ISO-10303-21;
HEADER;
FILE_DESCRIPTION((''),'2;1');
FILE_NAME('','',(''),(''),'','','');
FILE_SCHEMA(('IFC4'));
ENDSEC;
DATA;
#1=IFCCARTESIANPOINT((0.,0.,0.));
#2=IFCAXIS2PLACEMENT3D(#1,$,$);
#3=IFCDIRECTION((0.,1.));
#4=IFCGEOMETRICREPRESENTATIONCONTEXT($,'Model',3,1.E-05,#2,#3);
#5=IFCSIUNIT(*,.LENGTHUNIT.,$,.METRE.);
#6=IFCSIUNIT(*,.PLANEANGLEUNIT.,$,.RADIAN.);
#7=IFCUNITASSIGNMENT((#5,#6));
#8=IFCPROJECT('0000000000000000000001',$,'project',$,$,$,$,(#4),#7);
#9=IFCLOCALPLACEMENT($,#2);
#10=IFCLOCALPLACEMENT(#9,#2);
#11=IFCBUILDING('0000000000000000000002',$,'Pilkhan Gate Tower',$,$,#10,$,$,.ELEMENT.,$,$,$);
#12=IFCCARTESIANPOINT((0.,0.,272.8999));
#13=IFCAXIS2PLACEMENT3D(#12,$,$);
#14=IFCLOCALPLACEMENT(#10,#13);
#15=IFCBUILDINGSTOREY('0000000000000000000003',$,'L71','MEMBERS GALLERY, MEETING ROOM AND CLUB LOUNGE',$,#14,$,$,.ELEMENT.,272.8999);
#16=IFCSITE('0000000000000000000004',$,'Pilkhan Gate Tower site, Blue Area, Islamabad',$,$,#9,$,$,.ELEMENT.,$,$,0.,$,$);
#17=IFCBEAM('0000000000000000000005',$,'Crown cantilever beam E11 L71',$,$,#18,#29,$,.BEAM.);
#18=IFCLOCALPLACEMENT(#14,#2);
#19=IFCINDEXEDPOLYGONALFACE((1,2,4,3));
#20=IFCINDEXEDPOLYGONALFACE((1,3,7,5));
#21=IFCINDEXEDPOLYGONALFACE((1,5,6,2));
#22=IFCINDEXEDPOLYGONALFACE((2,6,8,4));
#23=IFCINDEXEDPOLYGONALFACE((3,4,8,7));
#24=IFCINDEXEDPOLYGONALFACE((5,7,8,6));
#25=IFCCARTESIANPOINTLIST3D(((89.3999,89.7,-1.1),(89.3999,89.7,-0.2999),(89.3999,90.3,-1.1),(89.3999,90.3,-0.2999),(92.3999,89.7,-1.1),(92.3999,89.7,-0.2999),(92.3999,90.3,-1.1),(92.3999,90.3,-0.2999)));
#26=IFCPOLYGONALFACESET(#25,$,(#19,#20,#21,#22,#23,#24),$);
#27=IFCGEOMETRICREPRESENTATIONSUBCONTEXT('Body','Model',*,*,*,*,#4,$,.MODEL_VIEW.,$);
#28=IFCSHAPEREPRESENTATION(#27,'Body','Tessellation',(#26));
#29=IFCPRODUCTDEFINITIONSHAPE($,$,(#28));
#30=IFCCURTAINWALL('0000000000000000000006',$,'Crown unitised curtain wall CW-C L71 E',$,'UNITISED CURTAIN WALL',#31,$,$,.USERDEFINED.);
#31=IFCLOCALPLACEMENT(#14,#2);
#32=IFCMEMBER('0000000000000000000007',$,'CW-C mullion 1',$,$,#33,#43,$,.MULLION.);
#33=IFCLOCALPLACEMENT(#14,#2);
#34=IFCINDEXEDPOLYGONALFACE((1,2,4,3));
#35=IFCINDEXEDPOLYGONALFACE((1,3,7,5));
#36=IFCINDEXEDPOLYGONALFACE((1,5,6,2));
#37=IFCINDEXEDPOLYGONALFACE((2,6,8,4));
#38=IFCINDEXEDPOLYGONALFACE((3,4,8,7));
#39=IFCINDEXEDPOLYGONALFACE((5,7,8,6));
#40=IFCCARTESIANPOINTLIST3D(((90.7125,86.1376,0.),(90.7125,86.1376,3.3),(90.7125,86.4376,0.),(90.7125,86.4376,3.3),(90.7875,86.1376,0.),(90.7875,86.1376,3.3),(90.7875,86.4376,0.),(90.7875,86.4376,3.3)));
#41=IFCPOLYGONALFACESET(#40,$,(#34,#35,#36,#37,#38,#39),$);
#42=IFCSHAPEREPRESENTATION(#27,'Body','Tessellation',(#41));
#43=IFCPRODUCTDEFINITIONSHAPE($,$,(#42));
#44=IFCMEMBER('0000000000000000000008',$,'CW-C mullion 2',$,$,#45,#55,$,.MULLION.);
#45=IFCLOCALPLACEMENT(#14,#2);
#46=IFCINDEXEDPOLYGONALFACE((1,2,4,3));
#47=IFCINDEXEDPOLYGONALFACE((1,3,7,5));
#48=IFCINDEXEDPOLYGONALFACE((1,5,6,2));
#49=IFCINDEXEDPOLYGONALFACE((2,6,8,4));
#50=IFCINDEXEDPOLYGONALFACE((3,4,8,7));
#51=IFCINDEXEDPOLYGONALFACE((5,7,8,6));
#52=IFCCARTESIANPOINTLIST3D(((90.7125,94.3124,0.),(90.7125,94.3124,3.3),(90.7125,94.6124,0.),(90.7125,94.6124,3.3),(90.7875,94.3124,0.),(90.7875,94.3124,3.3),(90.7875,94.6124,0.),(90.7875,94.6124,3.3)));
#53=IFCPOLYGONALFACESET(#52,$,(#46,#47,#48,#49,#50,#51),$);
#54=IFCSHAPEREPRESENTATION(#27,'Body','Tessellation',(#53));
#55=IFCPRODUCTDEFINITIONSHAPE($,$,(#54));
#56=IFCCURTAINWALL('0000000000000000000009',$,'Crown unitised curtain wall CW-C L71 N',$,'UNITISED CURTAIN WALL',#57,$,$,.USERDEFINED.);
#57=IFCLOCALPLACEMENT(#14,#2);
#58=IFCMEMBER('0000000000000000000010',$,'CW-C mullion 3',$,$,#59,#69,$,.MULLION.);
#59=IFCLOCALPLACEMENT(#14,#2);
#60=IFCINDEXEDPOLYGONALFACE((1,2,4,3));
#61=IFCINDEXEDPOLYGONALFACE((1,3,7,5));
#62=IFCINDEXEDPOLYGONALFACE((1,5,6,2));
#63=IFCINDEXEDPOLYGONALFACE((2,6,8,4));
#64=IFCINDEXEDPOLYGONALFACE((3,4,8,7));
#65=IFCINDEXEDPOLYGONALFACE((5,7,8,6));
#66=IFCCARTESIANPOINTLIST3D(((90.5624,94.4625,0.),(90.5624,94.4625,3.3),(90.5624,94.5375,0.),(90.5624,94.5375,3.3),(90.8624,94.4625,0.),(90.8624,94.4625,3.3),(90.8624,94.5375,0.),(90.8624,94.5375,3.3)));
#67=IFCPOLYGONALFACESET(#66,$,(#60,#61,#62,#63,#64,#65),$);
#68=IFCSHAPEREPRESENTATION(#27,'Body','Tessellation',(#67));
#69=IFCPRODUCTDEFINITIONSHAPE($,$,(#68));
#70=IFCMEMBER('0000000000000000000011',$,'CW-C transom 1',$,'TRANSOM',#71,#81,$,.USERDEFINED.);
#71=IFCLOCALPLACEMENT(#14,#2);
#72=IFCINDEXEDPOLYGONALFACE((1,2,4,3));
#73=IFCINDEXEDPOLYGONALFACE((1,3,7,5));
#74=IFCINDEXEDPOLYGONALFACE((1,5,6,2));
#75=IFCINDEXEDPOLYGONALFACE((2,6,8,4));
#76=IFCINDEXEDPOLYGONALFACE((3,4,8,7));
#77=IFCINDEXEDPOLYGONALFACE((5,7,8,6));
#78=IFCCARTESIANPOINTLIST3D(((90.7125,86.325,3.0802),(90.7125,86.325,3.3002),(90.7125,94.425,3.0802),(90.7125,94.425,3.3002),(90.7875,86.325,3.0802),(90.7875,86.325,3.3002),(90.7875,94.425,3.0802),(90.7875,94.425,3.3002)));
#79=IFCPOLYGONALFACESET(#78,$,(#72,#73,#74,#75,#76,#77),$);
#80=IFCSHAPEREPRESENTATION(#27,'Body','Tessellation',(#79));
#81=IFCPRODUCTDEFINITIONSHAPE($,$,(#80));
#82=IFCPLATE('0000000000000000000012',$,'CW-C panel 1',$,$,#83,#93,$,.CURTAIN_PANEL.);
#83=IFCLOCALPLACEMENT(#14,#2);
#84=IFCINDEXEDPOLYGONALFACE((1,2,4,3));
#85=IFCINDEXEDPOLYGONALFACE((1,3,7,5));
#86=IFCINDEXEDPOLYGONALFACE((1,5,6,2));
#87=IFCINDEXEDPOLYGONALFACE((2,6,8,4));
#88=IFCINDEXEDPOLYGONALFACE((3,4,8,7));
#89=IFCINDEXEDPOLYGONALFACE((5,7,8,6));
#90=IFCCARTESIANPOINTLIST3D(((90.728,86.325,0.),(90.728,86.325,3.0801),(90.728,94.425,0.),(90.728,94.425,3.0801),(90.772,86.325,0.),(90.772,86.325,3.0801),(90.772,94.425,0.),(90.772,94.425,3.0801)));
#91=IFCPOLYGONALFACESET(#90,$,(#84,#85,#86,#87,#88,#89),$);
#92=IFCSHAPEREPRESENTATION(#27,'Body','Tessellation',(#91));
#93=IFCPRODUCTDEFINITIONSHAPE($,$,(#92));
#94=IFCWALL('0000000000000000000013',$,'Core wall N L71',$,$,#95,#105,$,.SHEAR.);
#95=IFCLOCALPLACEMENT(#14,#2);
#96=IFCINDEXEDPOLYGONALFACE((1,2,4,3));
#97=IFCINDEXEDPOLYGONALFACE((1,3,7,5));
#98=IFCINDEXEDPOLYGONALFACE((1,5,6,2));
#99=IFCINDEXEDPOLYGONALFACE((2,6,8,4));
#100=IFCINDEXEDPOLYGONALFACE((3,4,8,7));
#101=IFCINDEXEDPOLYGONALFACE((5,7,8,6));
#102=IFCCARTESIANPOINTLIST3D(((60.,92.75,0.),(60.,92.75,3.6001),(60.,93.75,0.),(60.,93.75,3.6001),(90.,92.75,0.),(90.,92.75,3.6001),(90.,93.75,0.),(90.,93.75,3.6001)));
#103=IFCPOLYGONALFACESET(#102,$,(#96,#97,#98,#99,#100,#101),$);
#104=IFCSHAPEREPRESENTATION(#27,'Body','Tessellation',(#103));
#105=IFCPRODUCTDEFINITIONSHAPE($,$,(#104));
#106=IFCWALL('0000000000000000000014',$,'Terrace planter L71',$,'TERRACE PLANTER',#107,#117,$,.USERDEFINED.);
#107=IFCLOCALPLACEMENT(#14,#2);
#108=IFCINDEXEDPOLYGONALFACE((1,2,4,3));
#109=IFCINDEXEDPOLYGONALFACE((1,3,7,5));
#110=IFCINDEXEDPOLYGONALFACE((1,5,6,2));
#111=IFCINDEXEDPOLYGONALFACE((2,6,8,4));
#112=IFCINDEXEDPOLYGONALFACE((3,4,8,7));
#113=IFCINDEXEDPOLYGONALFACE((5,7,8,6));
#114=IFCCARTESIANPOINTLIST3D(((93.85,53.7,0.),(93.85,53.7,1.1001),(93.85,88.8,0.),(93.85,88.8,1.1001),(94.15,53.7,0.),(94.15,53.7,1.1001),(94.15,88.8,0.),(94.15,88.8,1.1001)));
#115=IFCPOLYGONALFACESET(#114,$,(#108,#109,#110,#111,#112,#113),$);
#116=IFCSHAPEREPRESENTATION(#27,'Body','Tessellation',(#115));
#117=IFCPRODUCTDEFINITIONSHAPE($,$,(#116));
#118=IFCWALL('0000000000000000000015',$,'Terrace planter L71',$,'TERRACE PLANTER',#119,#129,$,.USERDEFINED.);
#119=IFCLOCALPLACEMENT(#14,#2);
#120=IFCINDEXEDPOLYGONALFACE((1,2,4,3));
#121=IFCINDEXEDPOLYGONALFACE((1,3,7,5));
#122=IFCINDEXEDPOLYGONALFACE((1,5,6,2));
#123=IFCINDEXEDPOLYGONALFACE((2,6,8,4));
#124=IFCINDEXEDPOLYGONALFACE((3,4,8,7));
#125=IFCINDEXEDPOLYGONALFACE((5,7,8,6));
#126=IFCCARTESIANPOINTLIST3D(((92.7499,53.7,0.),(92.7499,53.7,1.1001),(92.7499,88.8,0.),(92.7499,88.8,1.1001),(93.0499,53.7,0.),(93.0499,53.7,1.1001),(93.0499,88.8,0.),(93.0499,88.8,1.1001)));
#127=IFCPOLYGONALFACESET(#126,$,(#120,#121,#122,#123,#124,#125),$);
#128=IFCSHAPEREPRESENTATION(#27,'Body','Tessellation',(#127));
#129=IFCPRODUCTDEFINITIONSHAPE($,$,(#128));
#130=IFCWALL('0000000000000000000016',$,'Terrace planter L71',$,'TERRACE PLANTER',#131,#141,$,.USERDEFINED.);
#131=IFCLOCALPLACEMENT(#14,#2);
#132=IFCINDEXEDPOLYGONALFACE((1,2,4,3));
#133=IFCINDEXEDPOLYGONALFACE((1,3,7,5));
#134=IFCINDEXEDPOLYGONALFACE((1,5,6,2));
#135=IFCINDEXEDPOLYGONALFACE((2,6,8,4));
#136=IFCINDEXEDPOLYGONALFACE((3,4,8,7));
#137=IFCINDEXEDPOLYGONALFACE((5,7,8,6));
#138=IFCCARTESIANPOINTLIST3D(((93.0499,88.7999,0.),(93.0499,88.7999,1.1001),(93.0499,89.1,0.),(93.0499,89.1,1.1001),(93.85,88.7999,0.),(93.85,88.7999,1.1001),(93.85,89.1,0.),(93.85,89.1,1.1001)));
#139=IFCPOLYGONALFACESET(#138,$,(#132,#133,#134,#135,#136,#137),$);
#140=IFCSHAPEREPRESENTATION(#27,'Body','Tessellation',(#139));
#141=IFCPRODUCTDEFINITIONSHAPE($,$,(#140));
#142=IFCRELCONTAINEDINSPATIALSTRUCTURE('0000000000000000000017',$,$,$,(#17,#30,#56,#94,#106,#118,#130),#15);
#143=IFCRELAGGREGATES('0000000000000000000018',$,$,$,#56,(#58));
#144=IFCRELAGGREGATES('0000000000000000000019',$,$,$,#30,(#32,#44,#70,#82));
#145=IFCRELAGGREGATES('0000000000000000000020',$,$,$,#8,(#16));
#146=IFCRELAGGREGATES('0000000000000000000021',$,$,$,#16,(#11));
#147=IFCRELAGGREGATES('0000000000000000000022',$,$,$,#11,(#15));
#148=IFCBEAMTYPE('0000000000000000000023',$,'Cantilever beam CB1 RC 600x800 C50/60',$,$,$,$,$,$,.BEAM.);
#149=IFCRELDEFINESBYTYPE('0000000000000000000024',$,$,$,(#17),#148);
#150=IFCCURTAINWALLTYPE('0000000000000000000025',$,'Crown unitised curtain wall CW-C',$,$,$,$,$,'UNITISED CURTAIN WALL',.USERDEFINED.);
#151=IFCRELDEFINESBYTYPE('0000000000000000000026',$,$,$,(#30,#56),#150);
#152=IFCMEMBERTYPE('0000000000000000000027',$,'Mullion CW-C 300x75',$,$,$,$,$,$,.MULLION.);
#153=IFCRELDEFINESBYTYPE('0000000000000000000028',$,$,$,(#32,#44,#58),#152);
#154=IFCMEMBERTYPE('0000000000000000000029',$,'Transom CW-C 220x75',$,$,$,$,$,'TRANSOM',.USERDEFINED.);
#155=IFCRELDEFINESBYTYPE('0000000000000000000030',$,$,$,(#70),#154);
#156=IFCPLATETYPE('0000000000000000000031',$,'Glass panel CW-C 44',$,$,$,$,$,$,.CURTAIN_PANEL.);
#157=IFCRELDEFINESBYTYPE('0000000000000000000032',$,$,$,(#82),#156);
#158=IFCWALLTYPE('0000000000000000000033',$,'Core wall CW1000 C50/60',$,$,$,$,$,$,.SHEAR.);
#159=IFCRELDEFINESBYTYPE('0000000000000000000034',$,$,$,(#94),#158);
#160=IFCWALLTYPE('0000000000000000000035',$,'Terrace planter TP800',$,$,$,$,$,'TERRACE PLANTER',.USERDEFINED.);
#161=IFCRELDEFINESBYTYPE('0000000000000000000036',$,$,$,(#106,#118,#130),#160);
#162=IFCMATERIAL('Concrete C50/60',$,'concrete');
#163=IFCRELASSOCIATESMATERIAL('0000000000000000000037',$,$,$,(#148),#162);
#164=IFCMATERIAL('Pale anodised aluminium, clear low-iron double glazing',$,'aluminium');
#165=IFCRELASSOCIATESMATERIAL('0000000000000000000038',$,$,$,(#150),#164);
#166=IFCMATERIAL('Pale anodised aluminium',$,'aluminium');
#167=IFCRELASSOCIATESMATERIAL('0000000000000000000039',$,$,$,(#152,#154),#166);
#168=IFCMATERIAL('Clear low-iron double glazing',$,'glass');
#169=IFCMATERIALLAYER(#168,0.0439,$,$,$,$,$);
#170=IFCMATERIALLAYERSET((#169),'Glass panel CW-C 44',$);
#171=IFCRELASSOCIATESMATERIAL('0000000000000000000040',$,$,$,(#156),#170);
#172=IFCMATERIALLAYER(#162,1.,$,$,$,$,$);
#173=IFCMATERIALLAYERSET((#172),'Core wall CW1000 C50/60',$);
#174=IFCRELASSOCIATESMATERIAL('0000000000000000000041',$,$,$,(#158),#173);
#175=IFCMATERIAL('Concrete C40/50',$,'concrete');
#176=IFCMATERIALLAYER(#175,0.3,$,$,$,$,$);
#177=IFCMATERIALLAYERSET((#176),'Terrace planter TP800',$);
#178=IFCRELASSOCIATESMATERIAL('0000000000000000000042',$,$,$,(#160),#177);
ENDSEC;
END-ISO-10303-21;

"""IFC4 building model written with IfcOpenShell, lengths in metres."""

from ifc_helpers import new_model, si_unit, direction, frame, frame_2d, origin, origin_2d, place, context, subcontext, project, spatial, rectangle, extrude, material, layer, layer_set, material_profile, profile_set, type_object, element, aggregate, save


model = new_model("IFC4")

# Units and contexts
model_context = context("Model", 3, precision=1e-05, world=origin(), true_north=direction((0.0, 1.0)))
body_context = subcontext(model_context, "Body", "Model", "MODEL_VIEW")
ifc_project = project(units=[si_unit("LENGTHUNIT", "METRE"), si_unit("PLANEANGLEUNIT", "RADIAN")], contexts=[model_context])

# Site, building, storey
site_placement = place(None, origin())
site = spatial("IfcSite", under=ifc_project, at=site_placement, Name="Pilkhan Gate Tower site, Blue Area, Islamabad", CompositionType="ELEMENT", RefElevation=0.0)
building_placement = place(site_placement, origin())
building = spatial("IfcBuilding", under=site, at=building_placement, Name="Pilkhan Gate Tower", CompositionType="ELEMENT")
storey_placement = place(building_placement, frame((0.0, 0.0, 272.8999)))
storey = spatial("IfcBuildingStorey", under=building, at=storey_placement, Name="L71", Description="MEMBERS GALLERY, MEETING ROOM AND CLUB LOUNGE", CompositionType="ELEMENT", Elevation=272.8999)

# Beam
ifc_material_1 = material(Name="Concrete C50/60", Category="concrete")
ifc_material_profile_1 = material_profile(ifc_material_1, rectangle(XDim=0.6001, YDim=0.8, at=origin_2d()), Name="RC 600x800")
ifc_profile_set_1 = profile_set([ifc_material_profile_1], Name="Concrete C50/60")
beam_type = type_object("IfcBeamType", Name="Cantilever beam CB1 RC 600x800 C50/60", PredefinedType="BEAM", material=ifc_profile_set_1)
beam_placement = place(storey_placement, frame((89.3999, 90.0, -0.7), z_axis=(1.0, 0.0, 0.0), x_axis=(0.0, 1.0, 0.0)))
element("IfcBeam", 1, at=beam_placement, inside=storey, type_object=beam_type, Name="Crown cantilever beam E11 L71", PredefinedType="BEAM", context=body_context, shape_type="SweptSolid", body=[
    extrude(rectangle(XDim=0.6001, YDim=0.8, at=origin_2d()), origin(), (0.0, 0.0, 1.0), 3.0),
])

# Curtain wall, members
ifc_material_2 = material(Name="Pale anodised aluminium, clear low-iron double glazing", Category="aluminium")
curtain_wall_type = type_object("IfcCurtainWallType", Name="Crown unitised curtain wall CW-C", ElementType="UNITISED CURTAIN WALL", PredefinedType="USERDEFINED", material=ifc_material_2)
curtain_wall_1_placement = place(storey_placement, origin())
curtain_wall_1 = element("IfcCurtainWall", 2, at=curtain_wall_1_placement, inside=storey, type_object=curtain_wall_type, Name="Crown unitised curtain wall CW-C L71 E", ObjectType="UNITISED CURTAIN WALL", PredefinedType="USERDEFINED")
ifc_material_3 = material(Name="Pale anodised aluminium", Category="aluminium")
ifc_material_profile_2 = material_profile(ifc_material_3, rectangle(XDim=0.075, YDim=0.3, at=origin_2d()), Name="Mullion 300x75")
ifc_profile_set_2 = profile_set([ifc_material_profile_2], Name="Pale anodised aluminium")
member_type_1 = type_object("IfcMemberType", Name="Mullion CW-C 300x75", PredefinedType="MULLION", material=ifc_profile_set_2)
member_1_placement = place(storey_placement, frame((90.75, 86.2876, 0.0), z_axis=(0.0, 0.0, 1.0), x_axis=(-1.0, 0.0, 0.0)))
member_1 = element("IfcMember", 3, at=member_1_placement, type_object=member_type_1, Name="CW-C mullion 1", PredefinedType="MULLION", context=body_context, shape_type="SweptSolid", body=[
    extrude(rectangle(XDim=0.075, YDim=0.3, at=origin_2d()), origin(), (0.0, 0.0, 1.0), 3.3),
])
member_2_placement = place(storey_placement, frame((90.75, 94.4624, 0.0), z_axis=(0.0, 0.0, 1.0), x_axis=(-1.0, 0.0, 0.0)))
member_2 = element("IfcMember", 4, at=member_2_placement, type_object=member_type_1, Name="CW-C mullion 2", PredefinedType="MULLION", context=body_context, shape_type="SweptSolid", body=[
    extrude(rectangle(XDim=0.075, YDim=0.3, at=origin_2d()), origin(), (0.0, 0.0, 1.0), 3.3),
])

# Curtain wall, member
curtain_wall_2_placement = place(storey_placement, origin())
curtain_wall_2 = element("IfcCurtainWall", 5, at=curtain_wall_2_placement, inside=storey, type_object=curtain_wall_type, Name="Crown unitised curtain wall CW-C L71 N", ObjectType="UNITISED CURTAIN WALL", PredefinedType="USERDEFINED")
member_3_placement = place(storey_placement, frame((90.7124, 94.5, 0.0), z_axis=(0.0, 0.0, 1.0), x_axis=(0.0, 1.0, 0.0)))
member_3 = element("IfcMember", 6, at=member_3_placement, type_object=member_type_1, Name="CW-C mullion 3", PredefinedType="MULLION", context=body_context, shape_type="SweptSolid", body=[
    extrude(rectangle(XDim=0.075, YDim=0.3, at=origin_2d()), origin(), (0.0, 0.0, 1.0), 3.3),
])
aggregate(curtain_wall_2, [member_3])

# Member
ifc_material_profile_3 = material_profile(ifc_material_3, rectangle(XDim=0.075, YDim=0.22, at=origin_2d()), Name="Transom 220x75")
ifc_profile_set_3 = profile_set([ifc_material_profile_3], Name="Pale anodised aluminium")
member_type_2 = type_object("IfcMemberType", Name="Transom CW-C 220x75", ElementType="TRANSOM", PredefinedType="USERDEFINED", material=ifc_profile_set_3)
member_4_placement = place(storey_placement, frame((90.75, 86.325, 3.1902), z_axis=(0.0, 1.0, 0.0), x_axis=(-1.0, 0.0, 0.0)))
member_4 = element("IfcMember", 7, at=member_4_placement, type_object=member_type_2, Name="CW-C transom 1", ObjectType="TRANSOM", PredefinedType="USERDEFINED", context=body_context, shape_type="SweptSolid", body=[
    extrude(rectangle(XDim=0.075, YDim=0.22, at=origin_2d()), origin(), (0.0, 0.0, 1.0), 8.1001),
])

# Plate
ifc_material_4 = material(Name="Clear low-iron double glazing", Category="glass")
ifc_layer_1 = layer(ifc_material_4, 0.0439)
ifc_layer_set_1 = layer_set([ifc_layer_1], Name="Glass panel CW-C 44")
plate_type = type_object("IfcPlateType", Name="Glass panel CW-C 44", PredefinedType="CURTAIN_PANEL", material=ifc_layer_set_1)
plate_placement = place(storey_placement, frame((90.75, 90.375, 0.0), z_axis=(0.0, 0.0, 1.0), x_axis=(0.0, 1.0, 0.0)))
plate = element("IfcPlate", 8, at=plate_placement, type_object=plate_type, Name="CW-C panel 1", PredefinedType="CURTAIN_PANEL", context=body_context, shape_type="SweptSolid", body=[
    extrude(rectangle(XDim=8.1001, YDim=0.0439, at=origin_2d()), origin(), (0.0, 0.0, 1.0), 3.0801),
])
aggregate(curtain_wall_1, [member_1, member_2, member_4, plate])

# Wall
ifc_layer_2 = layer(ifc_material_1, 1.0)
ifc_layer_set_2 = layer_set([ifc_layer_2], Name="Core wall CW1000 C50/60")
wall_type_1 = type_object("IfcWallType", Name="Core wall CW1000 C50/60", PredefinedType="SHEAR", material=ifc_layer_set_2)
wall_1_placement = place(storey_placement, frame((90.0, 93.25, 0.0), z_axis=(0.0, 0.0, 1.0), x_axis=(-1.0, 0.0, 0.0)))
element("IfcWall", 9, at=wall_1_placement, inside=storey, type_object=wall_type_1, Name="Core wall N L71", PredefinedType="SHEAR", context=body_context, shape_type="SweptSolid", body=[
    extrude(rectangle(XDim=30.0, YDim=1.0, at=frame_2d((15.0, 0.0))), origin(), (0.0, 0.0, 1.0), 3.6001),
])

# Walls
ifc_material_5 = material(Name="Concrete C40/50", Category="concrete")
ifc_layer_3 = layer(ifc_material_5, 0.3)
ifc_layer_set_3 = layer_set([ifc_layer_3], Name="Terrace planter TP800")
wall_type_2 = type_object("IfcWallType", Name="Terrace planter TP800", ElementType="TERRACE PLANTER", PredefinedType="USERDEFINED", material=ifc_layer_set_3)
for number, where, z_axis, x_axis, name in (
    (10, (94.0, 88.8, 0.0), (0.0, 0.0, 1.0), (0.0, -1.0, 0.0), "Terrace planter L71"),
    (11, (92.8999, 88.8, 0.0), (0.0, 0.0, 1.0), (0.0, -1.0, 0.0), "Terrace planter L71"),
):
    element("IfcWall", number, at=place(storey_placement, frame(where, z_axis=z_axis, x_axis=x_axis)), inside=storey, type_object=wall_type_2, Name=name, ObjectType="TERRACE PLANTER", PredefinedType="USERDEFINED", context=body_context, shape_type="SweptSolid", body=[
        extrude(rectangle(XDim=35.1001, YDim=0.3, at=frame_2d((17.55, 0.0))), origin(), (0.0, 0.0, 1.0), 1.1001),
    ])
wall_2_placement = place(storey_placement, frame((93.05, 88.95, 0.0), z_axis=(0.0, 0.0, 1.0), x_axis=(1.0, 0.0, 0.0)))
element("IfcWall", 12, at=wall_2_placement, inside=storey, type_object=wall_type_2, Name="Terrace planter L71", ObjectType="TERRACE PLANTER", PredefinedType="USERDEFINED", context=body_context, shape_type="SweptSolid", body=[
    extrude(rectangle(XDim=0.8, YDim=0.3, at=frame_2d((0.3999, 0.0))), origin(), (0.0, 0.0, 1.0), 1.1001),
])

save(model, "model.ifc")
